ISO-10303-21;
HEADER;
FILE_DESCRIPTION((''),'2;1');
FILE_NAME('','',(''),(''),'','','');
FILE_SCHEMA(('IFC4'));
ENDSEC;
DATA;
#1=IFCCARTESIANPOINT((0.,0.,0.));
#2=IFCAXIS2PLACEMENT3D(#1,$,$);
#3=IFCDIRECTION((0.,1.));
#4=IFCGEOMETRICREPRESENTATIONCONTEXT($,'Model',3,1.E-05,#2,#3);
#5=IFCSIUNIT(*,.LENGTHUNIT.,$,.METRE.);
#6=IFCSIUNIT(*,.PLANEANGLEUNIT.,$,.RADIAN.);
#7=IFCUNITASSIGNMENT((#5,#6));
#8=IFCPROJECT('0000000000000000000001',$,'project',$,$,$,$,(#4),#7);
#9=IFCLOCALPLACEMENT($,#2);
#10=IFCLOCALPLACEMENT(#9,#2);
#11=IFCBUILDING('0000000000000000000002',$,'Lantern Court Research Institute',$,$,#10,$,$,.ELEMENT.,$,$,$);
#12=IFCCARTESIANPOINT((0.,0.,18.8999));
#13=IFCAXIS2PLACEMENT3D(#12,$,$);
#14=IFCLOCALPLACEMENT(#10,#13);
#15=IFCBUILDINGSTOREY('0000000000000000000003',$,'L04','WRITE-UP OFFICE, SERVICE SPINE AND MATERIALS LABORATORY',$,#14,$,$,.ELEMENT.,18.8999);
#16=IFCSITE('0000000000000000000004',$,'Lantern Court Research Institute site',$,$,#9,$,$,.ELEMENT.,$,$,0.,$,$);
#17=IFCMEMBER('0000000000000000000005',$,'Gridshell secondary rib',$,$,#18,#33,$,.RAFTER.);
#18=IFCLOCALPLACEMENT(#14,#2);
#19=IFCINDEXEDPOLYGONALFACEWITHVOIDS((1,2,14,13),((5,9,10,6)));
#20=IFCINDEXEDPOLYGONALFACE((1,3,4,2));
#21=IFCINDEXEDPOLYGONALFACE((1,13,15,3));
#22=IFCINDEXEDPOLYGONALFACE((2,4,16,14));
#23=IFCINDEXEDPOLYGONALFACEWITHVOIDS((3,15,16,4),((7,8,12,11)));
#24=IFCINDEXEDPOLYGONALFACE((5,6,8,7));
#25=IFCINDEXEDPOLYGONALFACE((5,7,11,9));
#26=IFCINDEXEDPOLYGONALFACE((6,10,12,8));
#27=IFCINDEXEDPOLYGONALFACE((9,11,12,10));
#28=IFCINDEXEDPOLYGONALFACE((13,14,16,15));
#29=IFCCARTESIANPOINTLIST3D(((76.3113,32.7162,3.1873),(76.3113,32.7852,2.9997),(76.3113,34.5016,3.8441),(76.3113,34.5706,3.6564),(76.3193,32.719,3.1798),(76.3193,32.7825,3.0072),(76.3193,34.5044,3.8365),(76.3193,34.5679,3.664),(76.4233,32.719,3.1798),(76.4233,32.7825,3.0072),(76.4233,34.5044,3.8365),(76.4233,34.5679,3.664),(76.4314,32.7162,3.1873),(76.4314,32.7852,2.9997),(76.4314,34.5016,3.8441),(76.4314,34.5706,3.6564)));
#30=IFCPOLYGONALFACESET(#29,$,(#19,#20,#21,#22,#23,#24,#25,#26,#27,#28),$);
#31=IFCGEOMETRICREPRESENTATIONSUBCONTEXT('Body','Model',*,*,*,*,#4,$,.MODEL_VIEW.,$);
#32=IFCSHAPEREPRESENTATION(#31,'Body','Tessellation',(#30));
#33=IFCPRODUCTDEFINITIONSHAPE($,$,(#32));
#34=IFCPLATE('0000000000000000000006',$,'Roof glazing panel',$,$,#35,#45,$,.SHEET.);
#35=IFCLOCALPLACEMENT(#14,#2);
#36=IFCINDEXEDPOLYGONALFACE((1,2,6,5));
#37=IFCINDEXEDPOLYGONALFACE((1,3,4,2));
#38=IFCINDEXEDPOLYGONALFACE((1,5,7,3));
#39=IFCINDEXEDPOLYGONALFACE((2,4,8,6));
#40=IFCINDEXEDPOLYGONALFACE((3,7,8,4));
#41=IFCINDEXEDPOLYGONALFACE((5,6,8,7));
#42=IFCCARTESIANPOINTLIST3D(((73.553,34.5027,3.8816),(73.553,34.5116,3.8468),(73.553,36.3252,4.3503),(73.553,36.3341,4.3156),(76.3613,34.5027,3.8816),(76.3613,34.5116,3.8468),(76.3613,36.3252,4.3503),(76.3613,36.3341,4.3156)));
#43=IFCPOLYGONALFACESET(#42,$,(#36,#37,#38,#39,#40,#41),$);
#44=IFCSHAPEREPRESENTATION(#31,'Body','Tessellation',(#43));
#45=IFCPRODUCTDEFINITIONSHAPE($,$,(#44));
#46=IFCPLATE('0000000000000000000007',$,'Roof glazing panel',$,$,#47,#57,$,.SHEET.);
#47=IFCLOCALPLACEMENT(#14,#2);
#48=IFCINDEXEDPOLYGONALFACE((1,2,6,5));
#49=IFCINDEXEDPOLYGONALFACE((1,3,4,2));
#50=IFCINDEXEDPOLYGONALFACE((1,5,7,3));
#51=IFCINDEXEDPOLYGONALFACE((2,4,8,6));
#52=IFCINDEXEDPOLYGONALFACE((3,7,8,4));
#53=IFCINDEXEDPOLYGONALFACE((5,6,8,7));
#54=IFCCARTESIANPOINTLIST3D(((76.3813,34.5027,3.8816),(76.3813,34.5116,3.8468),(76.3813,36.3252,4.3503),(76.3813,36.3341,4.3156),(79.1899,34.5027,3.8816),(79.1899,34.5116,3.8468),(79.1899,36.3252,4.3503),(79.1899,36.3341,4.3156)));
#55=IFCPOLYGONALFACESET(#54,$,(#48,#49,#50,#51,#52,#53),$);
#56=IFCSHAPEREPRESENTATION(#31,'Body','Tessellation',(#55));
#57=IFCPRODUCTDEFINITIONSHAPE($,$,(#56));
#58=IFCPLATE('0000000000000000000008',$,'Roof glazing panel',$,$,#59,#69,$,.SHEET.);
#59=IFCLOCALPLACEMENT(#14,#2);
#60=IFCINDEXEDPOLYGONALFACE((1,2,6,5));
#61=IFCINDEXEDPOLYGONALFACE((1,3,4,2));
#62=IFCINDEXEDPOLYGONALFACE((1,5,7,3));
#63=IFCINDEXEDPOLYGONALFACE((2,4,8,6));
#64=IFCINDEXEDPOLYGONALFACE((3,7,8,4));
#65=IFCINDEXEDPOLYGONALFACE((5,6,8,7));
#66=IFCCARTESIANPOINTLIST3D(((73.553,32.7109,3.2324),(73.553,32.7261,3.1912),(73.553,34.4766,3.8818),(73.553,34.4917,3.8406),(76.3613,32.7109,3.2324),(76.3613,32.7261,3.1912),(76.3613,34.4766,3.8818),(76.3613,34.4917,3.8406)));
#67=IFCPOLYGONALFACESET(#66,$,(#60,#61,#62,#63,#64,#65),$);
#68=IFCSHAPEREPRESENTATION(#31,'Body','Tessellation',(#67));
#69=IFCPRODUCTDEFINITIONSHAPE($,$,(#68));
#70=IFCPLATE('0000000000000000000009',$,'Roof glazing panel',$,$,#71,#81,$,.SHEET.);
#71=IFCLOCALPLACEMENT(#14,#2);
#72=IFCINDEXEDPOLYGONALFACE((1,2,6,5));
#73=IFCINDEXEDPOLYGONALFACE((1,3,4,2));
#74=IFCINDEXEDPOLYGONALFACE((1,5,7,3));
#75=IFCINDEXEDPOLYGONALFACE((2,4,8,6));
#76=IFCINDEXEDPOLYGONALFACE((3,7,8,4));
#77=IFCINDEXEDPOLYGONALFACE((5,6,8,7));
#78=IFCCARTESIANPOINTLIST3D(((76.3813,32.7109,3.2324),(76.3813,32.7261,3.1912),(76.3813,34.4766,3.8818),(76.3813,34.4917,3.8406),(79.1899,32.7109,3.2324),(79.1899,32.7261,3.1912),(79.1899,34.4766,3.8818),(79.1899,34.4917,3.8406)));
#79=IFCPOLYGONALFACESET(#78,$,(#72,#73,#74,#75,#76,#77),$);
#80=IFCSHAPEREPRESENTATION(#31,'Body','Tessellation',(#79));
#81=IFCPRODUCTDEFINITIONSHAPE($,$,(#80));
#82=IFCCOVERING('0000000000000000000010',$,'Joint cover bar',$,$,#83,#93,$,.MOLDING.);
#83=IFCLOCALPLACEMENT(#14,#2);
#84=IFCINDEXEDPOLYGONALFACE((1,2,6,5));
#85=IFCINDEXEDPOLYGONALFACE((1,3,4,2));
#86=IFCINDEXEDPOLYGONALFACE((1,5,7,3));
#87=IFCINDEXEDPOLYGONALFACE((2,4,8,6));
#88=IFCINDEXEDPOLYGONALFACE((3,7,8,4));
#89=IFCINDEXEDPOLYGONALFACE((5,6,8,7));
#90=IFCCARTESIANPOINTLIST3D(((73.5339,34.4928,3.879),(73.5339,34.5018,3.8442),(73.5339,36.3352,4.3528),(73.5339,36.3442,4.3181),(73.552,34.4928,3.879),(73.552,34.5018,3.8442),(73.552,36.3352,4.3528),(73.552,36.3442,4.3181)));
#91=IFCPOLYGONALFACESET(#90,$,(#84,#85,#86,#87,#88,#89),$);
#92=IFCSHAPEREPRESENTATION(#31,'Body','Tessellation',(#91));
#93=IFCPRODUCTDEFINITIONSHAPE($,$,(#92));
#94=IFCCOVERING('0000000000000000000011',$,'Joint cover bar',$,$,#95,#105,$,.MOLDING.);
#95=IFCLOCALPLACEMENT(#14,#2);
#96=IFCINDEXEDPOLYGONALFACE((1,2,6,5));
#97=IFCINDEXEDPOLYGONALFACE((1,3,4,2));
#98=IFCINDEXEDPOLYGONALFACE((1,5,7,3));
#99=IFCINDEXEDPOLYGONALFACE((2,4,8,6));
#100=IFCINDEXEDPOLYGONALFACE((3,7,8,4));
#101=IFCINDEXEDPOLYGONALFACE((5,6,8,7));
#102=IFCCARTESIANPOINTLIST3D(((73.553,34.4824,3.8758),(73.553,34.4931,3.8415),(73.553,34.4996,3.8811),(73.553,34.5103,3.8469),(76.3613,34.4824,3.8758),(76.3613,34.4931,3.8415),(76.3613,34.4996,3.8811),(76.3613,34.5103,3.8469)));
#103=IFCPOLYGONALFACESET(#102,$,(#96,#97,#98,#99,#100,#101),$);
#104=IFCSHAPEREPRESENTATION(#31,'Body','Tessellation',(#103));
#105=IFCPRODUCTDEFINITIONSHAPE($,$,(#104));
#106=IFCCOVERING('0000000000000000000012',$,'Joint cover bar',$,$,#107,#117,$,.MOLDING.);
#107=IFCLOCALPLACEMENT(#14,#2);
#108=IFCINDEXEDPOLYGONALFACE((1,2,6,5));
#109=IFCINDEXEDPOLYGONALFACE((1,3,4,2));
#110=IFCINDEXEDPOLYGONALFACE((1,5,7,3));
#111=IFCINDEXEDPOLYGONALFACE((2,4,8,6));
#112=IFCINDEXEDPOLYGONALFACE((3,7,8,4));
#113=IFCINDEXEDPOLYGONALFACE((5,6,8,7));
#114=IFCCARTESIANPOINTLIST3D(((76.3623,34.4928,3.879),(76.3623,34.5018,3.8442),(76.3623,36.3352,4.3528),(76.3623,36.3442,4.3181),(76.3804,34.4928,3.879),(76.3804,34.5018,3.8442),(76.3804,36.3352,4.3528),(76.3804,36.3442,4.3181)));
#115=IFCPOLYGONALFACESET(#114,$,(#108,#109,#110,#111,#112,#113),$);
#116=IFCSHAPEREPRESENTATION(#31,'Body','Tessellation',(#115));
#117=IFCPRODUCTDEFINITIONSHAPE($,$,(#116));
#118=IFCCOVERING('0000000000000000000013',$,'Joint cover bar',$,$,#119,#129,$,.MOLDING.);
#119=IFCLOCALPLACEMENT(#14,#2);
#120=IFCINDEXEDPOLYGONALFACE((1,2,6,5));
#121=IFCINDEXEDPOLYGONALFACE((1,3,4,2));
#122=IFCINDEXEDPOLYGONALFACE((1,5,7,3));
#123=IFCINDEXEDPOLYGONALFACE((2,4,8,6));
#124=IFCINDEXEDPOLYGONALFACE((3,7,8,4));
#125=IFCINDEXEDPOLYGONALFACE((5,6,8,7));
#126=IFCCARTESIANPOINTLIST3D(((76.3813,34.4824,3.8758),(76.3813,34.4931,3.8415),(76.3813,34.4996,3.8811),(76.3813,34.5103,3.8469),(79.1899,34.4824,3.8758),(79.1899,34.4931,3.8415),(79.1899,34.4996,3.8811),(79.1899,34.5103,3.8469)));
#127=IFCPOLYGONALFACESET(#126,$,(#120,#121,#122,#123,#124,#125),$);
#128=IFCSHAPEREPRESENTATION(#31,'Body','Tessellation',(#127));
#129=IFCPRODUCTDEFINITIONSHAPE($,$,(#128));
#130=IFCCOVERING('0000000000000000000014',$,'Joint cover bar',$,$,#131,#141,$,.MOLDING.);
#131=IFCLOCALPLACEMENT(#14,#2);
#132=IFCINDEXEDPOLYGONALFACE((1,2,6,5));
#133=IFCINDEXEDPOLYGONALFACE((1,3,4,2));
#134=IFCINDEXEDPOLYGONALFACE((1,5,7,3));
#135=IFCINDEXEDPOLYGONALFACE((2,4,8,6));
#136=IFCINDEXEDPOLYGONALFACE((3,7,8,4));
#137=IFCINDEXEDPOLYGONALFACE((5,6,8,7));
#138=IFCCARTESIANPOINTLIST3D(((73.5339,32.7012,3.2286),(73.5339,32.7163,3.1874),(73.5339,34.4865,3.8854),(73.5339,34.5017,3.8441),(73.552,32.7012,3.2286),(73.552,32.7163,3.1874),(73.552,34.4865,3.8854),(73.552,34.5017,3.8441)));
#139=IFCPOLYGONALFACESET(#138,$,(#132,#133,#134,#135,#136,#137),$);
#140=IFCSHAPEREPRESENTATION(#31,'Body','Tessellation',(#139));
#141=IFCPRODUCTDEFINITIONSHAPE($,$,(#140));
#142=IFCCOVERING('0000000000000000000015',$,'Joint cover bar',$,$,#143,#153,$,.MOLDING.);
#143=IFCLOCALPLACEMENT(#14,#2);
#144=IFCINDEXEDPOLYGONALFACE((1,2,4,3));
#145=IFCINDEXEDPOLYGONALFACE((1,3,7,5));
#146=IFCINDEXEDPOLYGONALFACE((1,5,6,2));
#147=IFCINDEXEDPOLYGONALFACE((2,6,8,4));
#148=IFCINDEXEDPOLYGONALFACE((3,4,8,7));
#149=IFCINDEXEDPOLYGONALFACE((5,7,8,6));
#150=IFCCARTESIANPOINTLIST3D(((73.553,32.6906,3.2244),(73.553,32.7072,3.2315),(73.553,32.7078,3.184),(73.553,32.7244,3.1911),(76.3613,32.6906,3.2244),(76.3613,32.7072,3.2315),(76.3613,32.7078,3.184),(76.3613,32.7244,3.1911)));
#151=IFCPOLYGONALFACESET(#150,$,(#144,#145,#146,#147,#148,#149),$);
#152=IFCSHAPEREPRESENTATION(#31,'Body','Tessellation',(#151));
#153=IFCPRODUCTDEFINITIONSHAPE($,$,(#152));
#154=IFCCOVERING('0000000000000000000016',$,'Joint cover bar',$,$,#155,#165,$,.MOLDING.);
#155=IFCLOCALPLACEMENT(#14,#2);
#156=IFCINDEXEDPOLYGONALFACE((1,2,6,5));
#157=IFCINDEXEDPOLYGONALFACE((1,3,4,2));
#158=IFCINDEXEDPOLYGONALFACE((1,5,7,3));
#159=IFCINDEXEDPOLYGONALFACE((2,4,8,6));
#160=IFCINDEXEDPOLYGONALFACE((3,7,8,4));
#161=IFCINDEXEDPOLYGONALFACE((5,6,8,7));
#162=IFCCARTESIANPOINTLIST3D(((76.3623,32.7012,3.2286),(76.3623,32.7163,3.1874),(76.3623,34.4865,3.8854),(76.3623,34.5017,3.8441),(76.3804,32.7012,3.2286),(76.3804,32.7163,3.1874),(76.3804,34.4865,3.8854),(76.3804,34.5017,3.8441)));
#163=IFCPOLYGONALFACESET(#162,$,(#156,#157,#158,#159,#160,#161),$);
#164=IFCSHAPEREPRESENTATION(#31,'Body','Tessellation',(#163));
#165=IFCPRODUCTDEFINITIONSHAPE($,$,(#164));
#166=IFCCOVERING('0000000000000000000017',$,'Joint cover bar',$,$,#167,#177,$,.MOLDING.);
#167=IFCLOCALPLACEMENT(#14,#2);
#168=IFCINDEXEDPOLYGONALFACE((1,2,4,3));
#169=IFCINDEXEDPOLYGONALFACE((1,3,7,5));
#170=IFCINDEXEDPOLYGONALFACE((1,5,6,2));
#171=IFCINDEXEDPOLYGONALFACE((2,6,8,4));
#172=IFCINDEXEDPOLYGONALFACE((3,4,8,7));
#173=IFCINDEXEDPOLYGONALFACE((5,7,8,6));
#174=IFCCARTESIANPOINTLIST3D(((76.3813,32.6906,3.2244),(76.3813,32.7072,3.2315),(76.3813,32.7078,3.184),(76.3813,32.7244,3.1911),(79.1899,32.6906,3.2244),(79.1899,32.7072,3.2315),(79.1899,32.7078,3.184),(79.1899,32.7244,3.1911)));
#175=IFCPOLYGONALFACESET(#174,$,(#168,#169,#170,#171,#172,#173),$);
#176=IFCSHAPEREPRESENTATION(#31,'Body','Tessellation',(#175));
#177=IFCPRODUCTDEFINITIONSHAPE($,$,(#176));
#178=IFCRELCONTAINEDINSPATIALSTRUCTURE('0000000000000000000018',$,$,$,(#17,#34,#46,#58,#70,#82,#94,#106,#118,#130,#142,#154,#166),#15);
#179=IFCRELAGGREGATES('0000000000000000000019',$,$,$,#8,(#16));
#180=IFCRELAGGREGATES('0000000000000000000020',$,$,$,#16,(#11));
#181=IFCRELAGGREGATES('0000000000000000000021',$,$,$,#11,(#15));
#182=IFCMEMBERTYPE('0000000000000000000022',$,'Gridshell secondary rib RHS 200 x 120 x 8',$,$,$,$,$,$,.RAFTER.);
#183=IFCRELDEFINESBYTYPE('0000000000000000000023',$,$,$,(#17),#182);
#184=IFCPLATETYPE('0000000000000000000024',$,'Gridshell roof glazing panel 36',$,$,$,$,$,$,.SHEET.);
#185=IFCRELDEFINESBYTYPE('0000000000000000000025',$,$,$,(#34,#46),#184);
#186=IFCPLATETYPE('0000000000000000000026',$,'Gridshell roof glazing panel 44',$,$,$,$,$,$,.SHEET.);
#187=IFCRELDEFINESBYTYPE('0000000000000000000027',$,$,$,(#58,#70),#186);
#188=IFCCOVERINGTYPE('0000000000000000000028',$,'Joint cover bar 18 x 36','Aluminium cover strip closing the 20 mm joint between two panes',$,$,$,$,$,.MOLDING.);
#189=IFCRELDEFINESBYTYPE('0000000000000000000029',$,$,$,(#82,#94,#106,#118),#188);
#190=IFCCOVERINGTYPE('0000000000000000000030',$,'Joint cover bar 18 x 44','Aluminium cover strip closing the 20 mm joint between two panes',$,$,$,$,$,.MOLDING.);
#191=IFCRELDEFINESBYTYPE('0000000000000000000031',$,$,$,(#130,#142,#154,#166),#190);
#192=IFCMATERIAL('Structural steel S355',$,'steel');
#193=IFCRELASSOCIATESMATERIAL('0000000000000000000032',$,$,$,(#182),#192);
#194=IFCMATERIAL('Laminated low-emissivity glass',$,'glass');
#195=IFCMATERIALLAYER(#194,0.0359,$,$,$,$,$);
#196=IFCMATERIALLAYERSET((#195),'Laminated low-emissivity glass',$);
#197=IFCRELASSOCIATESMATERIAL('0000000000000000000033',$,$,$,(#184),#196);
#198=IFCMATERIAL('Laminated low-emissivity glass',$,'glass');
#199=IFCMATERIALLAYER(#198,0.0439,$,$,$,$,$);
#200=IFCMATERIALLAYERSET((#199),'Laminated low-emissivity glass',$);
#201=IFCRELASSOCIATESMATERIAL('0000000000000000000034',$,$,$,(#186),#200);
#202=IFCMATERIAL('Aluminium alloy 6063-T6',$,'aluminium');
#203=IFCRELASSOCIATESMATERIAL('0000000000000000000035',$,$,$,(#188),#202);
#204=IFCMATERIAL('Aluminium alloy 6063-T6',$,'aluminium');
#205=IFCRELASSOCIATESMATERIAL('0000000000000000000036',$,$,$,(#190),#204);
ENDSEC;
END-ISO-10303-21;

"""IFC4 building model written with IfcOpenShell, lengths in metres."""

from ifc_helpers import new_model, si_unit, direction, frame, origin, origin_2d, place, context, subcontext, project, spatial, polyline, rectangle, hollow_rectangle, outline, extrude, material, layer, layer_set, material_profile, profile_set, type_object, element, save


model = new_model("IFC4")

# Units and contexts
model_context = context("Model", 3, precision=1e-05, world=origin(), true_north=direction((0.0, 1.0)))
body_context = subcontext(model_context, "Body", "Model", "MODEL_VIEW")
ifc_project = project(units=[si_unit("LENGTHUNIT", "METRE"), si_unit("PLANEANGLEUNIT", "RADIAN")], contexts=[model_context])

# Site, building, storey
site_placement = place(None, origin())
site = spatial("IfcSite", under=ifc_project, at=site_placement, Name="Lantern Court Research Institute site", CompositionType="ELEMENT", RefElevation=0.0)
building_placement = place(site_placement, origin())
building = spatial("IfcBuilding", under=site, at=building_placement, Name="Lantern Court Research Institute", CompositionType="ELEMENT")
storey_placement = place(building_placement, frame((0.0, 0.0, 18.8999)))
storey = spatial("IfcBuildingStorey", under=building, at=storey_placement, Name="L04", Description="WRITE-UP OFFICE, SERVICE SPINE AND MATERIALS LABORATORY", CompositionType="ELEMENT", Elevation=18.8999)

# Member
ifc_material_1 = material(Name="Structural steel S355", Category="steel")
ifc_material_profile_1 = material_profile(ifc_material_1, hollow_rectangle(XDim=0.1201, YDim=0.2, WallThickness=0.0081, at=origin_2d()), Name="Gridshell secondary rib RHS 200 x 120 x 8")
ifc_profile_set_1 = profile_set([ifc_material_profile_1], Name="Structural steel S355")
member_type_1 = type_object("IfcMemberType", Name="Gridshell secondary rib RHS 200 x 120 x 8", PredefinedType="RAFTER", material=ifc_profile_set_1)
member_1_placement = place(storey_placement, frame((76.3713, 32.7507, 3.0935), z_axis=(0.0, 0.93852, 0.345224), x_axis=(-1.0, 0.0, 0.0)))
element("IfcMember", 1, at=member_1_placement, inside=storey, type_object=member_type_1, Name="Gridshell secondary rib", PredefinedType="RAFTER", context=body_context, shape_type="SweptSolid", body=[
    extrude(hollow_rectangle(XDim=0.1201, YDim=0.2, WallThickness=0.0081, at=origin_2d()), origin(), (0.0, 0.0, 1.0), 1.9023),
])

# Plates
ifc_material_2 = material(Name="Laminated low-emissivity glass", Category="glass")
ifc_layer_1 = layer(ifc_material_2, 0.0359)
ifc_layer_set_1 = layer_set([ifc_layer_1], Name="Laminated low-emissivity glass")
plate_type_1 = type_object("IfcPlateType", Name="Gridshell roof glazing panel 36", PredefinedType="SHEET", material=ifc_layer_set_1)
plate_1_placement = place(storey_placement, frame((76.3613, 34.5027, 3.8816), z_axis=(0.0, -0.249093, 0.96848), x_axis=(-1.0, 0.0, 0.0)))
element("IfcPlate", 2, at=plate_1_placement, inside=storey, type_object=plate_type_1, Name="Roof glazing panel", PredefinedType="SHEET", context=body_context, shape_type="SweptSolid", body=[
    extrude(outline(polyline([(0.0, 0.0), (2.8083, 0.0), (2.8083, -1.8818), (0.0, -1.8818), (0.0, 0.0)])), origin(), (0.0, 0.0, -1.0), 0.0359),
])
plate_2_placement = place(storey_placement, frame((79.1899, 34.5027, 3.8816), z_axis=(0.0, -0.249093, 0.96848), x_axis=(-1.0, 0.0, 0.0)))
element("IfcPlate", 3, at=plate_2_placement, inside=storey, type_object=plate_type_1, Name="Roof glazing panel", PredefinedType="SHEET", context=body_context, shape_type="SweptSolid", body=[
    extrude(outline(polyline([(0.0, 0.0), (2.8086, 0.0), (2.8086, -1.8818), (0.0, -1.8818), (0.0, 0.0)])), origin(), (0.0, 0.0, -1.0), 0.0359),
])
ifc_material_3 = material(Name="Laminated low-emissivity glass", Category="glass")
ifc_layer_2 = layer(ifc_material_3, 0.0439)
ifc_layer_set_2 = layer_set([ifc_layer_2], Name="Laminated low-emissivity glass")
plate_type_2 = type_object("IfcPlateType", Name="Gridshell roof glazing panel 44", PredefinedType="SHEET", material=ifc_layer_set_2)
plate_3_placement = place(storey_placement, frame((76.3613, 32.7109, 3.2324), z_axis=(0.0, -0.3452, 0.938529), x_axis=(-1.0, 0.0, 0.0)))
element("IfcPlate", 4, at=plate_3_placement, inside=storey, type_object=plate_type_2, Name="Roof glazing panel", PredefinedType="SHEET", context=body_context, shape_type="SweptSolid", body=[
    extrude(outline(polyline([(0.0, 0.0), (2.8083, 0.0), (2.8083, -1.8813), (0.0, -1.8813), (0.0, 0.0)])), origin(), (0.0, 0.0, -1.0), 0.0439),
])
plate_4_placement = place(storey_placement, frame((79.1899, 32.7109, 3.2324), z_axis=(0.0, -0.3452, 0.938529), x_axis=(-1.0, 0.0, 0.0)))
element("IfcPlate", 5, at=plate_4_placement, inside=storey, type_object=plate_type_2, Name="Roof glazing panel", PredefinedType="SHEET", context=body_context, shape_type="SweptSolid", body=[
    extrude(outline(polyline([(0.0, 0.0), (2.8086, 0.0), (2.8086, -1.8813), (0.0, -1.8813), (0.0, 0.0)])), origin(), (0.0, 0.0, -1.0), 0.0439),
])

# Coverings
ifc_material_4 = material(Name="Aluminium alloy 6063-T6", Category="aluminium")
ifc_material_profile_2 = material_profile(ifc_material_4, rectangle(XDim=0.0181, YDim=0.0359, at=origin_2d()), Name="Joint cover bar 18 x 36")
ifc_profile_set_2 = profile_set([ifc_material_profile_2], Name="Aluminium alloy 6063-T6")
covering_type_1 = type_object("IfcCoveringType", Name="Joint cover bar 18 x 36", Description="Aluminium cover strip closing the 20 mm joint between two panes", PredefinedType="MOLDING", material=ifc_profile_set_2)
covering_1_placement = place(storey_placement, frame((73.543, 34.4973, 3.8616), z_axis=(0.0, 0.968474, 0.249113), x_axis=(-1.0, 0.0, 0.0)))
element("IfcCovering", 6, at=covering_1_placement, inside=storey, type_object=covering_type_1, Name="Joint cover bar", PredefinedType="MOLDING", context=body_context, shape_type="SweptSolid", body=[
    extrude(rectangle(XDim=0.0181, YDim=0.0359, at=origin_2d()), origin(), (0.0, 0.0, 1.0), 1.9023),
])
covering_2_placement = place(storey_placement, frame((73.553, 34.4963, 3.8613), z_axis=(1.0, 0.0, 0.0), x_axis=(0.0, 0.954713, 0.297528)))
element("IfcCovering", 7, at=covering_2_placement, inside=storey, type_object=covering_type_1, Name="Joint cover bar", PredefinedType="MOLDING", context=body_context, shape_type="SweptSolid", body=[
    extrude(rectangle(XDim=0.0181, YDim=0.0359, at=origin_2d()), origin(), (0.0, 0.0, 1.0), 2.8083),
])
covering_3_placement = place(storey_placement, frame((76.3713, 34.4973, 3.8616), z_axis=(0.0, 0.968474, 0.249113), x_axis=(-1.0, 0.0, 0.0)))
element("IfcCovering", 8, at=covering_3_placement, inside=storey, type_object=covering_type_1, Name="Joint cover bar", PredefinedType="MOLDING", context=body_context, shape_type="SweptSolid", body=[
    extrude(rectangle(XDim=0.0181, YDim=0.0359, at=origin_2d()), origin(), (0.0, 0.0, 1.0), 1.9023),
])
covering_4_placement = place(storey_placement, frame((76.3813, 34.4963, 3.8613), z_axis=(1.0, 0.0, 0.0), x_axis=(0.0, 0.954713, 0.297528)))
element("IfcCovering", 9, at=covering_4_placement, inside=storey, type_object=covering_type_1, Name="Joint cover bar", PredefinedType="MOLDING", context=body_context, shape_type="SweptSolid", body=[
    extrude(rectangle(XDim=0.0181, YDim=0.0359, at=origin_2d()), origin(), (0.0, 0.0, 1.0), 2.8086),
])
ifc_material_5 = material(Name="Aluminium alloy 6063-T6", Category="aluminium")
ifc_material_profile_3 = material_profile(ifc_material_5, rectangle(XDim=0.0181, YDim=0.0439, at=origin_2d()), Name="Joint cover bar 18 x 44")
ifc_profile_set_3 = profile_set([ifc_material_profile_3], Name="Aluminium alloy 6063-T6")
covering_type_2 = type_object("IfcCoveringType", Name="Joint cover bar 18 x 44", Description="Aluminium cover strip closing the 20 mm joint between two panes", PredefinedType="MOLDING", material=ifc_profile_set_3)
covering_5_placement = place(storey_placement, frame((73.543, 32.7087, 3.208), z_axis=(0.0, 0.93852, 0.345224), x_axis=(-1.0, 0.0, 0.0)))
element("IfcCovering", 10, at=covering_5_placement, inside=storey, type_object=covering_type_2, Name="Joint cover bar", PredefinedType="MOLDING", context=body_context, shape_type="SweptSolid", body=[
    extrude(rectangle(XDim=0.0181, YDim=0.0439, at=origin_2d()), origin(), (0.0, 0.0, 1.0), 1.9023),
])
covering_6_placement = place(storey_placement, frame((73.553, 32.7075, 3.2078), z_axis=(1.0, 0.0, 0.0), x_axis=(0.0, 0.919966, 0.391999)))
element("IfcCovering", 11, at=covering_6_placement, inside=storey, type_object=covering_type_2, Name="Joint cover bar", PredefinedType="MOLDING", context=body_context, shape_type="SweptSolid", body=[
    extrude(rectangle(XDim=0.0181, YDim=0.0439, at=origin_2d()), origin(), (0.0, 0.0, 1.0), 2.8083),
])
covering_7_placement = place(storey_placement, frame((76.3713, 32.7087, 3.208), z_axis=(0.0, 0.93852, 0.345224), x_axis=(-1.0, 0.0, 0.0)))
element("IfcCovering", 12, at=covering_7_placement, inside=storey, type_object=covering_type_2, Name="Joint cover bar", PredefinedType="MOLDING", context=body_context, shape_type="SweptSolid", body=[
    extrude(rectangle(XDim=0.0181, YDim=0.0439, at=origin_2d()), origin(), (0.0, 0.0, 1.0), 1.9023),
])
covering_8_placement = place(storey_placement, frame((76.3813, 32.7075, 3.2078), z_axis=(1.0, 0.0, 0.0), x_axis=(0.0, 0.919966, 0.391999)))
element("IfcCovering", 13, at=covering_8_placement, inside=storey, type_object=covering_type_2, Name="Joint cover bar", PredefinedType="MOLDING", context=body_context, shape_type="SweptSolid", body=[
    extrude(rectangle(XDim=0.0181, YDim=0.0439, at=origin_2d()), origin(), (0.0, 0.0, 1.0), 2.8086),
])

save(model, "model.ifc")
